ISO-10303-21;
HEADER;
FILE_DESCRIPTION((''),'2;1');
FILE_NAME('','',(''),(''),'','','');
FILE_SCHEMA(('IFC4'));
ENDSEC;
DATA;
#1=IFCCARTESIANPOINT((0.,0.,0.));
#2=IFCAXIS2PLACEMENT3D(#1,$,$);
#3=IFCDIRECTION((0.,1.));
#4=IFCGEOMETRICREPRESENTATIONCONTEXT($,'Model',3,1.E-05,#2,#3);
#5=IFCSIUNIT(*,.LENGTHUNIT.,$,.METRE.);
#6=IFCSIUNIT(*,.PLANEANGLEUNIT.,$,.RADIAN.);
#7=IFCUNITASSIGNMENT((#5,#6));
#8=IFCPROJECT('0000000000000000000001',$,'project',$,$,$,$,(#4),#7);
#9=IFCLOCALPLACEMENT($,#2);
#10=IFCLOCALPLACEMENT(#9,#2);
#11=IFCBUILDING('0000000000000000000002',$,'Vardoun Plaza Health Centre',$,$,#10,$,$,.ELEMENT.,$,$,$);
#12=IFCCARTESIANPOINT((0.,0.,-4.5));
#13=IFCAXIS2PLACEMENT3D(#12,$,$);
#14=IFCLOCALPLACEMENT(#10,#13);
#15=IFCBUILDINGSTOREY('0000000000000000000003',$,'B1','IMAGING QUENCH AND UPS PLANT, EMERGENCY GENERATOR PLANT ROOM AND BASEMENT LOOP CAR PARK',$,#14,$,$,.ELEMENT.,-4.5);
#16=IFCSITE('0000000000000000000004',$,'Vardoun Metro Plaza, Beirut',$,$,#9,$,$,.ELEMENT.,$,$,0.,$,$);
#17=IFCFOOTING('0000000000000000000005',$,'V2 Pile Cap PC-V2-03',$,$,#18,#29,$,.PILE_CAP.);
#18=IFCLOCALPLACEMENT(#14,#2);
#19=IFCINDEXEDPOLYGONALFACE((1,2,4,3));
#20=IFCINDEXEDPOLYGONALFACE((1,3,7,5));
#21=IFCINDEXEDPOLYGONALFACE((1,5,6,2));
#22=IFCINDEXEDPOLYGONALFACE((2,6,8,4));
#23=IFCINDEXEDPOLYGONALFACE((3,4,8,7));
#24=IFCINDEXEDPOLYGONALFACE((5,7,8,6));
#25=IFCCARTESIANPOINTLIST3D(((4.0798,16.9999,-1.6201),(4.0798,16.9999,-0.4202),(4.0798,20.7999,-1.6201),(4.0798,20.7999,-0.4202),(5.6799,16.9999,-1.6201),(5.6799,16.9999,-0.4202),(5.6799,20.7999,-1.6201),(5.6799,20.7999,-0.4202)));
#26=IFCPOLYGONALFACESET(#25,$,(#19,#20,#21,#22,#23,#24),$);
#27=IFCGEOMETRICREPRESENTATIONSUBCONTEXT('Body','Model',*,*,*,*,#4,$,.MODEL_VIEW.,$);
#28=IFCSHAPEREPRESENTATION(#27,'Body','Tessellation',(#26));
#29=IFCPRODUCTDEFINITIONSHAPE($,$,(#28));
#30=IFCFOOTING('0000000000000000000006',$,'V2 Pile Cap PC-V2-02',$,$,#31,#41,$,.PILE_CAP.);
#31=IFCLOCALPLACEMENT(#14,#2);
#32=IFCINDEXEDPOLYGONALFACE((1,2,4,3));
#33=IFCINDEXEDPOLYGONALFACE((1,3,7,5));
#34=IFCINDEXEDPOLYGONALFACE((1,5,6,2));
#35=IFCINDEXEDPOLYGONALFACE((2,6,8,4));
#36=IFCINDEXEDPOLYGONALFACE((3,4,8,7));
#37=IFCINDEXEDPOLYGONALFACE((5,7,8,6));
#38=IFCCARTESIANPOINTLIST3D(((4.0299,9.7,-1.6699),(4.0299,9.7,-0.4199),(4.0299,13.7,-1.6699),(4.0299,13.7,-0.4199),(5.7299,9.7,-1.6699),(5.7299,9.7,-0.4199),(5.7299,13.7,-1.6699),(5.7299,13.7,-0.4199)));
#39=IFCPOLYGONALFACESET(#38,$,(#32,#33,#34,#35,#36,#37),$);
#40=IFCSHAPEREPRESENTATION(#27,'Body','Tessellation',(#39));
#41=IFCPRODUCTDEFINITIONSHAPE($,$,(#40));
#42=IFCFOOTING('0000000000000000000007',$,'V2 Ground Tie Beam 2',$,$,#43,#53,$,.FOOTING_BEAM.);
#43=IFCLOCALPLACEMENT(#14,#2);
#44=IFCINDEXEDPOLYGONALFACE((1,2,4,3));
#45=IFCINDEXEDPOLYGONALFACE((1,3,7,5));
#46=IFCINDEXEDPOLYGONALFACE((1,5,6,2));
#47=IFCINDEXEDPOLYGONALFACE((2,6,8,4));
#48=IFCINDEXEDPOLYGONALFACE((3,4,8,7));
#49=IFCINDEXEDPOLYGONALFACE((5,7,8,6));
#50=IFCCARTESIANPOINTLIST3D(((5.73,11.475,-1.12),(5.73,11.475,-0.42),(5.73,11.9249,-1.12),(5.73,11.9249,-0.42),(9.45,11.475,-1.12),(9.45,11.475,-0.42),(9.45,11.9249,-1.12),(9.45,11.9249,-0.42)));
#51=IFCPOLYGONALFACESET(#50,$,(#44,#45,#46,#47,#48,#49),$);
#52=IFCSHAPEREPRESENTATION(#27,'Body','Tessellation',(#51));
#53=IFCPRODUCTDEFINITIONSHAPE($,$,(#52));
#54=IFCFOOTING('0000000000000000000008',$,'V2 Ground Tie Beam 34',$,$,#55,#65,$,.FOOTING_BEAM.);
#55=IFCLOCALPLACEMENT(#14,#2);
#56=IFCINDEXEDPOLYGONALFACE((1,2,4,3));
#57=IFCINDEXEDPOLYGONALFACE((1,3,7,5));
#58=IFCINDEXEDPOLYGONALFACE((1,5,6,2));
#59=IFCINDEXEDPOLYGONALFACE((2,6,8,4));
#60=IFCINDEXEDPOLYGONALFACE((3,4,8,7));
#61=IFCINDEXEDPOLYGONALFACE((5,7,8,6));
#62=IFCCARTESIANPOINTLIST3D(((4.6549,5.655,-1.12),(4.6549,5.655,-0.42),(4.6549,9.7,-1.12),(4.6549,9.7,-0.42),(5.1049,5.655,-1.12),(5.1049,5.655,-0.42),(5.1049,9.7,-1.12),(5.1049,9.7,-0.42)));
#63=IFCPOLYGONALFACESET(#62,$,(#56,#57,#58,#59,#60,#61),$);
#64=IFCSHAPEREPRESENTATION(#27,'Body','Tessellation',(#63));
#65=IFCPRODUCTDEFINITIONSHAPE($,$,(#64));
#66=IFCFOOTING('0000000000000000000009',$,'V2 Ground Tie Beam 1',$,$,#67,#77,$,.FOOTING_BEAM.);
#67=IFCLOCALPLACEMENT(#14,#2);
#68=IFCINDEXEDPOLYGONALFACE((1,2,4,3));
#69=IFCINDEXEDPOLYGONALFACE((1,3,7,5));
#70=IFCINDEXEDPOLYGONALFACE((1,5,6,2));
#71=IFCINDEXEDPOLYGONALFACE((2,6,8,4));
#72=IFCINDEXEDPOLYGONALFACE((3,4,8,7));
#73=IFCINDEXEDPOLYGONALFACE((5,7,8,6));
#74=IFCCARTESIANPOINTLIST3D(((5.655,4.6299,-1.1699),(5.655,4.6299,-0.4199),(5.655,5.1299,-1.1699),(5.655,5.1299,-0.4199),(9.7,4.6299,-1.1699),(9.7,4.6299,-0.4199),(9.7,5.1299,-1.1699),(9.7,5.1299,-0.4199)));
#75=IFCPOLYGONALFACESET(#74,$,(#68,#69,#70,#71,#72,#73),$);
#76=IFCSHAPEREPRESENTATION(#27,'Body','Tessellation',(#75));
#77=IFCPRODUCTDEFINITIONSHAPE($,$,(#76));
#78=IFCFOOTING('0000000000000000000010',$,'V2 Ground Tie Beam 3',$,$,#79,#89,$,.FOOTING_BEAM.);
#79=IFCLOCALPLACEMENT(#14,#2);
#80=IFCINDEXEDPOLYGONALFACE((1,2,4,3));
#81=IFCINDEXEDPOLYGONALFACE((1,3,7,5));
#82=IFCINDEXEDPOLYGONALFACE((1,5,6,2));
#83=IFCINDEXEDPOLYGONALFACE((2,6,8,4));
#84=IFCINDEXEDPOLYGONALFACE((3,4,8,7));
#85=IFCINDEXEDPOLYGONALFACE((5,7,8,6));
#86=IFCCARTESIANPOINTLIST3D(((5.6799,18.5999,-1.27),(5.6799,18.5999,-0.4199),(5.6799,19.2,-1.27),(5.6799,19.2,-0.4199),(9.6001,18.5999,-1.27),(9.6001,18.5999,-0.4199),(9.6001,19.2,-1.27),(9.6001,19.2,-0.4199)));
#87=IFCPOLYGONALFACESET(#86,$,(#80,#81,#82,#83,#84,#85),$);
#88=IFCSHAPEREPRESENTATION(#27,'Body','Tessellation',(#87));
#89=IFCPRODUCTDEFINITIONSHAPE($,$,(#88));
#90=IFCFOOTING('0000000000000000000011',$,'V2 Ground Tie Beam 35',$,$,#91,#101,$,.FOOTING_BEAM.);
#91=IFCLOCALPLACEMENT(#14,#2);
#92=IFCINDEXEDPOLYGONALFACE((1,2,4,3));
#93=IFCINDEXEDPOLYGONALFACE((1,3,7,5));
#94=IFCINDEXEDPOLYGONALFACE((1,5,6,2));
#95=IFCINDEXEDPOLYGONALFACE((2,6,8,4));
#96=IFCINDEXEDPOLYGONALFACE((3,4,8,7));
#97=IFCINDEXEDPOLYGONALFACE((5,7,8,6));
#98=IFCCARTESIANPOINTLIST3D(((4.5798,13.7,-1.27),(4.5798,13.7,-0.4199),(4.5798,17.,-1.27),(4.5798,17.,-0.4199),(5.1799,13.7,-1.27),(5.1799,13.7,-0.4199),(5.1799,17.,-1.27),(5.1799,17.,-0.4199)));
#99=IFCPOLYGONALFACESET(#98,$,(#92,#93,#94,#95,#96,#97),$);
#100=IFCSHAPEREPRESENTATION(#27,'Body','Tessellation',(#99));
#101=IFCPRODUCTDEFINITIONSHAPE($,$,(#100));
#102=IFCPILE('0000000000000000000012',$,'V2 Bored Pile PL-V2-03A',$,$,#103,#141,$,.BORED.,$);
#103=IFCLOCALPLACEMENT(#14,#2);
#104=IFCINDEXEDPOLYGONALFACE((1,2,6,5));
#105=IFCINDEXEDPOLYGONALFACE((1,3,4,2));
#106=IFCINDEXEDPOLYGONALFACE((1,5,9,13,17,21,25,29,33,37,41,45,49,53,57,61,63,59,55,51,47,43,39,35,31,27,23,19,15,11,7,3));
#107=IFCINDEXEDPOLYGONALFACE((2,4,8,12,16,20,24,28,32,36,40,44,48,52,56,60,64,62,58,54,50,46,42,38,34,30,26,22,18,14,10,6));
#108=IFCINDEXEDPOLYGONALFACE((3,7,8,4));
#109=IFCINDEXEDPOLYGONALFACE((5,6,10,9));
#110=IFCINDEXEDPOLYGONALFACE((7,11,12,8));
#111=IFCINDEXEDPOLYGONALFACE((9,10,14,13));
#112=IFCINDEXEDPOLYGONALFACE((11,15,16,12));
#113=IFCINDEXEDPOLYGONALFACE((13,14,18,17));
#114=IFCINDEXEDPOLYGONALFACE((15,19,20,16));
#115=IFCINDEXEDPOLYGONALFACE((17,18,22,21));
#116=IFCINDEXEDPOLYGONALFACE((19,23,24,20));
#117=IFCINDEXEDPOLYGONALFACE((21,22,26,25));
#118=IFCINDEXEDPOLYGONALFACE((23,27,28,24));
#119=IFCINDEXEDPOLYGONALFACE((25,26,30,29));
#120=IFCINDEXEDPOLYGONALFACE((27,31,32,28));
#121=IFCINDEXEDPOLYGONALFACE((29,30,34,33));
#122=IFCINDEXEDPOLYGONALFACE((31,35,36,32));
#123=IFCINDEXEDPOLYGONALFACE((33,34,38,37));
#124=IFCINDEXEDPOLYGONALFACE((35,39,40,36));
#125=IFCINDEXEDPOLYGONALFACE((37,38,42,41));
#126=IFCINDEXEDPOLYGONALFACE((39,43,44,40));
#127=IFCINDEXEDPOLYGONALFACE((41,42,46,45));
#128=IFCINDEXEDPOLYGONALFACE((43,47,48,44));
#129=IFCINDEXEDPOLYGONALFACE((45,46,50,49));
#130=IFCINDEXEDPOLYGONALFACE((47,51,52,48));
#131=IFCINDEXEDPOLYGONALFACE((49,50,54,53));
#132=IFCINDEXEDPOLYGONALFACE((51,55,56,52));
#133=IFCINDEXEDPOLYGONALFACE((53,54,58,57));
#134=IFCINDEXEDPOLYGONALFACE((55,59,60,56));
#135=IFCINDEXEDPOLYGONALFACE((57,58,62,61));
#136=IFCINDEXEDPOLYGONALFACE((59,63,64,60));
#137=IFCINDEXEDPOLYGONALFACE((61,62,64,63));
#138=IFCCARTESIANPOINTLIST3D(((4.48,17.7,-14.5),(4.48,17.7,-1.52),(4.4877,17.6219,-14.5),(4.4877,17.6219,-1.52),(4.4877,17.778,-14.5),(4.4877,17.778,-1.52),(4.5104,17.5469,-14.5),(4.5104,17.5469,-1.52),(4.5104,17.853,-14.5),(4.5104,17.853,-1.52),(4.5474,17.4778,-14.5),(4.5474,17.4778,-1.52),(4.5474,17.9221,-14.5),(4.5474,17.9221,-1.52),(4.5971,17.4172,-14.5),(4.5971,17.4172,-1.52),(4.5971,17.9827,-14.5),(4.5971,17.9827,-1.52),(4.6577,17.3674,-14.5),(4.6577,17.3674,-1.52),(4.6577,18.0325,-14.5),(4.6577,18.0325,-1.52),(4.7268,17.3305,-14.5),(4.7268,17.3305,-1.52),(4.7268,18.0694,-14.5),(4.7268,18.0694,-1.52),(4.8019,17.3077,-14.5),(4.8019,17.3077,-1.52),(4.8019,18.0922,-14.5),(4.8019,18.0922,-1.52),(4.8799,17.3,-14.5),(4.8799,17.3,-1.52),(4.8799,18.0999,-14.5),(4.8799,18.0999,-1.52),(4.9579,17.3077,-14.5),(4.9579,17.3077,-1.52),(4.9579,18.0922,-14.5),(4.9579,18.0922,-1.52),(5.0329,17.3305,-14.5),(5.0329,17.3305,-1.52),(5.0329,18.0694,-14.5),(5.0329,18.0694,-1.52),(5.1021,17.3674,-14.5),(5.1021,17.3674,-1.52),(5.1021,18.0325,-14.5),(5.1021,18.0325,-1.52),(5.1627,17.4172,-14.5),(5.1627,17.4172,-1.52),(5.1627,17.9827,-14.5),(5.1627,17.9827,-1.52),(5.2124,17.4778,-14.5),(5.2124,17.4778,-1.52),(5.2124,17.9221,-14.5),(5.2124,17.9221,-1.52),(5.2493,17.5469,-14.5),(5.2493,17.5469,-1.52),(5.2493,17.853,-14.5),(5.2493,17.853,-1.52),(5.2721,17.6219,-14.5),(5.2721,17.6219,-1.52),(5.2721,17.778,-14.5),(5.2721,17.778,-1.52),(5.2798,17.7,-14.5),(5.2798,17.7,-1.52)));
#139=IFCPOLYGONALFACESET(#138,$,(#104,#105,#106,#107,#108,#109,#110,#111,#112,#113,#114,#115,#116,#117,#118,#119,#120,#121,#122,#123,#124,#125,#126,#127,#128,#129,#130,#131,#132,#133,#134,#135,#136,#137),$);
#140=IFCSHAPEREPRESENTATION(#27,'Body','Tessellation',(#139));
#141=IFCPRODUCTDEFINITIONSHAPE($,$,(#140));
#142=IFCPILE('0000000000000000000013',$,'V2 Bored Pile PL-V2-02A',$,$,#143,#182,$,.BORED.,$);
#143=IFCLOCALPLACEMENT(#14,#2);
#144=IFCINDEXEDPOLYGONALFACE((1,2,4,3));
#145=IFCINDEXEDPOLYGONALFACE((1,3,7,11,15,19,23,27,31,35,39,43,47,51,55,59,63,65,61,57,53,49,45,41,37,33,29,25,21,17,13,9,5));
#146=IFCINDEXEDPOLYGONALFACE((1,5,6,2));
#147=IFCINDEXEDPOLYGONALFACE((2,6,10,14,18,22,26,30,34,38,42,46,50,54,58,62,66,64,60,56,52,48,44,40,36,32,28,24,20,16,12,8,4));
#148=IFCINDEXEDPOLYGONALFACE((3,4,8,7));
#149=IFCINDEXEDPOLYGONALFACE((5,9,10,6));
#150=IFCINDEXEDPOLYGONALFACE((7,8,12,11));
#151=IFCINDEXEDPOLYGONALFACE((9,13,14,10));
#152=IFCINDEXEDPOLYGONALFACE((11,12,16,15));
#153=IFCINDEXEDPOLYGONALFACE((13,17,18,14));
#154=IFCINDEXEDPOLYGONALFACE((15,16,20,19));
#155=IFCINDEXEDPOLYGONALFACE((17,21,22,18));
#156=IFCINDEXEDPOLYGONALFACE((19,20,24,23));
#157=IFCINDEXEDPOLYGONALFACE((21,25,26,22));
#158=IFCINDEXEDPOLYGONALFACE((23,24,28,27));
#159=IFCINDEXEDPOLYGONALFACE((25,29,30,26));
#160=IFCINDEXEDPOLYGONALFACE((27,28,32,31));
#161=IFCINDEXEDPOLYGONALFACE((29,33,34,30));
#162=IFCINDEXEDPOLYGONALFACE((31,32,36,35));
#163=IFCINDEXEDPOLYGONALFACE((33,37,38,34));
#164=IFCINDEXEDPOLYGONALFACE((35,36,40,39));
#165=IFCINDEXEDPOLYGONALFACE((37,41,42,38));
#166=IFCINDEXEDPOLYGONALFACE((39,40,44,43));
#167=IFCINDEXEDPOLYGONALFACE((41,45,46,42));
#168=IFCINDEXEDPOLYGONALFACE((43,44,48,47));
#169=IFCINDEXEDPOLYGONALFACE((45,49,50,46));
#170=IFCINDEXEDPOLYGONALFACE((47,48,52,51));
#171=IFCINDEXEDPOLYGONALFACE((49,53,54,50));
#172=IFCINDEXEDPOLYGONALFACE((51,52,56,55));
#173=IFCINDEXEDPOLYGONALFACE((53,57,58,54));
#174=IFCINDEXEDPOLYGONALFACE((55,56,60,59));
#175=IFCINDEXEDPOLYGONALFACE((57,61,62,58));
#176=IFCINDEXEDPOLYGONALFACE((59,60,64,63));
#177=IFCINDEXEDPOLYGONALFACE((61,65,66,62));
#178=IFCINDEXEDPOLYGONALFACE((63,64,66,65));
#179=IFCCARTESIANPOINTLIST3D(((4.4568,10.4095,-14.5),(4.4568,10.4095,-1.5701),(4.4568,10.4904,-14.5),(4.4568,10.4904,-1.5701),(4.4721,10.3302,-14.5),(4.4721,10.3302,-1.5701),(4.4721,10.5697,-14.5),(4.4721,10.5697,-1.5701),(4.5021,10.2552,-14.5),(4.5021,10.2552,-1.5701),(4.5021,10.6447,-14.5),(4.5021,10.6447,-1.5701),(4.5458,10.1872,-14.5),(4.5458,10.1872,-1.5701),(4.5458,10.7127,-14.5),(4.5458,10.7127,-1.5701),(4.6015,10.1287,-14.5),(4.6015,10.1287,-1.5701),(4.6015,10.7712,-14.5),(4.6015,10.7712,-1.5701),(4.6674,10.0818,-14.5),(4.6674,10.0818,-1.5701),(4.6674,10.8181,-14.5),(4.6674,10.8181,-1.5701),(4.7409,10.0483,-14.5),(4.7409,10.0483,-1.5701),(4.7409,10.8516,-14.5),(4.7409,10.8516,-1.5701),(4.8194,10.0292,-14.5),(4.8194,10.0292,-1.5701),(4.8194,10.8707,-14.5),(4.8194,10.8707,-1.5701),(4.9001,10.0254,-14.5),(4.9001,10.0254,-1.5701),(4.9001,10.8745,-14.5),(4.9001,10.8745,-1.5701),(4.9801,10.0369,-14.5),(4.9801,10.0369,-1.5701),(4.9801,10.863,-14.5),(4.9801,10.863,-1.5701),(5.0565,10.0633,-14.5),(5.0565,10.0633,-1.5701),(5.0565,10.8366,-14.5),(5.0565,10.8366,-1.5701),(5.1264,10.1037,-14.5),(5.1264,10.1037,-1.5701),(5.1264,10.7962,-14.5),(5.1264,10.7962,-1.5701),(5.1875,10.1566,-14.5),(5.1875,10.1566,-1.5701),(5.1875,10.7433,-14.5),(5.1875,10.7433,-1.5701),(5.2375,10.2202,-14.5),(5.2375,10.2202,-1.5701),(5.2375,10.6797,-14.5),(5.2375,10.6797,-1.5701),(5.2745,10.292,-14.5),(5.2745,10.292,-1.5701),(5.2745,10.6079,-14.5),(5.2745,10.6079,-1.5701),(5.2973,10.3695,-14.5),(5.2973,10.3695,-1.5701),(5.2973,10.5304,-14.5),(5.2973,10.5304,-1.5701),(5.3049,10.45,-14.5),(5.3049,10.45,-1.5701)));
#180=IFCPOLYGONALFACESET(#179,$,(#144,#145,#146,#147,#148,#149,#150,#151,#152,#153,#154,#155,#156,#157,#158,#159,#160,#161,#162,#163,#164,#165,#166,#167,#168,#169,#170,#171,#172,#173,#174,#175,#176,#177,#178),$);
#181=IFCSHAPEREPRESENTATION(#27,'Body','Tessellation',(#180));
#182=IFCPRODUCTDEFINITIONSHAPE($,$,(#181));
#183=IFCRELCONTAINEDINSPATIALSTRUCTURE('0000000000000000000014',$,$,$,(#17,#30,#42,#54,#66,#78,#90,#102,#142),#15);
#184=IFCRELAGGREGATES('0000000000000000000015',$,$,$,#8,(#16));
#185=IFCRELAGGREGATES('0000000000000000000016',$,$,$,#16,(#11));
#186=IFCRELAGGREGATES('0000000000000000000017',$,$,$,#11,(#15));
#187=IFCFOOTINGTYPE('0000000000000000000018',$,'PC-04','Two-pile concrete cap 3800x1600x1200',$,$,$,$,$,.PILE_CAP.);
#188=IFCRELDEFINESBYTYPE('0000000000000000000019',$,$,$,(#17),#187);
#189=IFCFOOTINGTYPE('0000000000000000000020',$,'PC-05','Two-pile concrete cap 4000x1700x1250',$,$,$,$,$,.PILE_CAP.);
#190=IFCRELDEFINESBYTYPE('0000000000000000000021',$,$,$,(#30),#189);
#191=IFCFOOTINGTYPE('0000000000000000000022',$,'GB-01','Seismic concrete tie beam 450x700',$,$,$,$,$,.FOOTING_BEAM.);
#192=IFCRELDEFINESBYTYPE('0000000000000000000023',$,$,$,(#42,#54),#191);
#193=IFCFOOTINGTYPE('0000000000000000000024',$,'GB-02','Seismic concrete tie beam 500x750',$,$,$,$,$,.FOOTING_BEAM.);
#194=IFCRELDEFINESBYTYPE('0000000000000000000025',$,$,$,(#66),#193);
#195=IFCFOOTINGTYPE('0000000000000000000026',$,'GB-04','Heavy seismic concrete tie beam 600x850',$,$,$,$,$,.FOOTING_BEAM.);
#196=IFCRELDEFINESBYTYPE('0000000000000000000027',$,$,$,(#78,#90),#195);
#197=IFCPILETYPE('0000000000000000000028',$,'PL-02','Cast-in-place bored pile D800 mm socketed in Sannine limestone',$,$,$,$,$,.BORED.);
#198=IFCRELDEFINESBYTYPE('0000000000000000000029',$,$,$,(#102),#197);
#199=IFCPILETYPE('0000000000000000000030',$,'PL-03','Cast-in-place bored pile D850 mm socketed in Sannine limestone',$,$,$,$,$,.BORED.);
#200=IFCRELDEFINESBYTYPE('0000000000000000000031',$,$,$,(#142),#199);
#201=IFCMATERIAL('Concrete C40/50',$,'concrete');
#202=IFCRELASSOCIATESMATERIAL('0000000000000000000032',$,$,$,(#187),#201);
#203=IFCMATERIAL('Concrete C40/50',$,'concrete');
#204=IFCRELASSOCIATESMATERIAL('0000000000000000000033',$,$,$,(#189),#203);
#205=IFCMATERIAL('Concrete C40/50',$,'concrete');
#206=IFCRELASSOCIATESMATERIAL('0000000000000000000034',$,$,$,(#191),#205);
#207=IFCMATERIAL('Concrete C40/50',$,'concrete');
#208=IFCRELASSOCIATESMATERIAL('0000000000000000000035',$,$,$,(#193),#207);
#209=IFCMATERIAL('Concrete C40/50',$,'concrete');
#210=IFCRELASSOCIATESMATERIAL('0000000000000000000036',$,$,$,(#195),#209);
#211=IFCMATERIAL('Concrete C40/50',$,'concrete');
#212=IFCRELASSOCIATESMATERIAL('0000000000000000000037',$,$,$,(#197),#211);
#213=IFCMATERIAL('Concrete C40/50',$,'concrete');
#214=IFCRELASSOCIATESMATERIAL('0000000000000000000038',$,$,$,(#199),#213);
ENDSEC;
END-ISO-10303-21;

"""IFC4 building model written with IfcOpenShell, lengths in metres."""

from ifc_helpers import new_model, si_unit, direction, frame, origin, origin_2d, place, context, subcontext, project, spatial, rectangle, circle, extrude, material, material_profile, profile_set, type_object, element, save


model = new_model("IFC4")

# Units and contexts
model_context = context("Model", 3, precision=1e-05, world=origin(), true_north=direction((0.0, 1.0)))
body_context = subcontext(model_context, "Body", "Model", "MODEL_VIEW")
ifc_project = project(units=[si_unit("LENGTHUNIT", "METRE"), si_unit("PLANEANGLEUNIT", "RADIAN")], contexts=[model_context])

# Site, building, storey
site_placement = place(None, origin())
site = spatial("IfcSite", under=ifc_project, at=site_placement, Name="Vardoun Metro Plaza, Beirut", CompositionType="ELEMENT", RefElevation=0.0)
building_placement = place(site_placement, origin())
building = spatial("IfcBuilding", under=site, at=building_placement, Name="Vardoun Plaza Health Centre", CompositionType="ELEMENT")
storey_placement = place(building_placement, frame((0.0, 0.0, -4.5)))
storey = spatial("IfcBuildingStorey", under=building, at=storey_placement, Name="B1", Description="IMAGING QUENCH AND UPS PLANT, EMERGENCY GENERATOR PLANT ROOM AND BASEMENT LOOP CAR PARK", CompositionType="ELEMENT", Elevation=-4.5)

# Footings
ifc_material_1 = material(Name="Concrete C40/50", Category="concrete")
footing_type_1 = type_object("IfcFootingType", Name="PC-04", Description="Two-pile concrete cap 3800x1600x1200", PredefinedType="PILE_CAP", material=ifc_material_1)
footing_1_placement = place(storey_placement, frame((4.8799, 18.8999, -1.6201), z_axis=(0.0, 0.0, 1.0), x_axis=(0.0, 1.0, 0.0)))
element("IfcFooting", 1, at=footing_1_placement, inside=storey, type_object=footing_type_1, Name="V2 Pile Cap PC-V2-03", PredefinedType="PILE_CAP", context=body_context, shape_type="SweptSolid", body=[
    extrude(rectangle(XDim=3.8, YDim=1.6001, at=origin_2d()), origin(), (0.0, 0.0, 1.0), 1.2),
])
ifc_material_2 = material(Name="Concrete C40/50", Category="concrete")
footing_type_2 = type_object("IfcFootingType", Name="PC-05", Description="Two-pile concrete cap 4000x1700x1250", PredefinedType="PILE_CAP", material=ifc_material_2)
footing_2_placement = place(storey_placement, frame((4.8799, 11.7, -1.6699), z_axis=(0.0, 0.0, 1.0), x_axis=(0.0, 1.0, 0.0)))
element("IfcFooting", 2, at=footing_2_placement, inside=storey, type_object=footing_type_2, Name="V2 Pile Cap PC-V2-02", PredefinedType="PILE_CAP", context=body_context, shape_type="SweptSolid", body=[
    extrude(rectangle(XDim=4.0, YDim=1.7, at=origin_2d()), origin(), (0.0, 0.0, 1.0), 1.25),
])
ifc_material_3 = material(Name="Concrete C40/50", Category="concrete")
ifc_material_profile_1 = material_profile(ifc_material_3, rectangle(XDim=0.45, YDim=0.7, at=origin_2d()), Name="GB 450x700")
ifc_profile_set_1 = profile_set([ifc_material_profile_1], Name="Concrete C40/50")
footing_type_3 = type_object("IfcFootingType", Name="GB-01", Description="Seismic concrete tie beam 450x700", PredefinedType="FOOTING_BEAM", material=ifc_profile_set_1)
footing_3_placement = place(storey_placement, frame((5.73, 11.7, -0.77), z_axis=(1.0, 0.0, 0.0), x_axis=(0.0, 1.0, 0.0)))
element("IfcFooting", 3, at=footing_3_placement, inside=storey, type_object=footing_type_3, Name="V2 Ground Tie Beam 2", PredefinedType="FOOTING_BEAM", context=body_context, shape_type="SweptSolid", body=[
    extrude(rectangle(XDim=0.45, YDim=0.7, at=origin_2d()), origin(), (0.0, 0.0, 1.0), 3.72),
])
footing_4_placement = place(storey_placement, frame((4.8799, 5.655, -0.77), z_axis=(0.0, 1.0, 0.0), x_axis=(-1.0, 0.0, 0.0)))
element("IfcFooting", 4, at=footing_4_placement, inside=storey, type_object=footing_type_3, Name="V2 Ground Tie Beam 34", PredefinedType="FOOTING_BEAM", context=body_context, shape_type="SweptSolid", body=[
    extrude(rectangle(XDim=0.45, YDim=0.7, at=origin_2d()), origin(), (0.0, 0.0, 1.0), 4.0449),
])
ifc_material_4 = material(Name="Concrete C40/50", Category="concrete")
ifc_material_profile_2 = material_profile(ifc_material_4, rectangle(XDim=0.5, YDim=0.75, at=origin_2d()), Name="GB 500x750")
ifc_profile_set_2 = profile_set([ifc_material_profile_2], Name="Concrete C40/50")
footing_type_4 = type_object("IfcFootingType", Name="GB-02", Description="Seismic concrete tie beam 500x750", PredefinedType="FOOTING_BEAM", material=ifc_profile_set_2)
footing_5_placement = place(storey_placement, frame((5.655, 4.8799, -0.7949), z_axis=(1.0, 0.0, 0.0), x_axis=(0.0, 1.0, 0.0)))
element("IfcFooting", 5, at=footing_5_placement, inside=storey, type_object=footing_type_4, Name="V2 Ground Tie Beam 1", PredefinedType="FOOTING_BEAM", context=body_context, shape_type="SweptSolid", body=[
    extrude(rectangle(XDim=0.5, YDim=0.75, at=origin_2d()), origin(), (0.0, 0.0, 1.0), 4.0449),
])
ifc_material_5 = material(Name="Concrete C40/50", Category="concrete")
ifc_material_profile_3 = material_profile(ifc_material_5, rectangle(XDim=0.6001, YDim=0.8501, at=origin_2d()), Name="GB 600x850")
ifc_profile_set_3 = profile_set([ifc_material_profile_3], Name="Concrete C40/50")
footing_type_5 = type_object("IfcFootingType", Name="GB-04", Description="Heavy seismic concrete tie beam 600x850", PredefinedType="FOOTING_BEAM", material=ifc_profile_set_3)
footing_6_placement = place(storey_placement, frame((5.6799, 18.8999, -0.845), z_axis=(1.0, 0.0, 0.0), x_axis=(0.0, 1.0, 0.0)))
element("IfcFooting", 6, at=footing_6_placement, inside=storey, type_object=footing_type_5, Name="V2 Ground Tie Beam 3", PredefinedType="FOOTING_BEAM", context=body_context, shape_type="SweptSolid", body=[
    extrude(rectangle(XDim=0.6001, YDim=0.8501, at=origin_2d()), origin(), (0.0, 0.0, 1.0), 3.9202),
])
footing_7_placement = place(storey_placement, frame((4.8799, 13.7, -0.845), z_axis=(0.0, 1.0, 0.0), x_axis=(-1.0, 0.0, 0.0)))
element("IfcFooting", 7, at=footing_7_placement, inside=storey, type_object=footing_type_5, Name="V2 Ground Tie Beam 35", PredefinedType="FOOTING_BEAM", context=body_context, shape_type="SweptSolid", body=[
    extrude(rectangle(XDim=0.6001, YDim=0.8501, at=origin_2d()), origin(), (0.0, 0.0, 1.0), 3.3),
])

# Piles
ifc_material_6 = material(Name="Concrete C40/50", Category="concrete")
ifc_material_profile_4 = material_profile(ifc_material_6, circle(Radius=0.3999, at=origin_2d()), Name="PILE D800")
ifc_profile_set_4 = profile_set([ifc_material_profile_4], Name="Concrete C40/50")
pile_type_1 = type_object("IfcPileType", Name="PL-02", Description="Cast-in-place bored pile D800 mm socketed in Sannine limestone", PredefinedType="BORED", material=ifc_profile_set_4)
pile_placement = place(storey_placement, frame((4.8799, 17.7, -1.52), z_axis=(0.0, 0.0, -1.0), x_axis=(1.0, 0.0, 0.0)))
element("IfcPile", 8, at=pile_placement, inside=storey, type_object=pile_type_1, Name="V2 Bored Pile PL-V2-03A", PredefinedType="BORED", context=body_context, shape_type="SweptSolid", body=[
    extrude(circle(Radius=0.3999, at=origin_2d()), origin(), (0.0, 0.0, 1.0), 12.98),
])
ifc_material_7 = material(Name="Concrete C40/50", Category="concrete")
ifc_material_profile_5 = material_profile(ifc_material_7, circle(Radius=0.425, at=origin_2d()), Name="PILE D850")
ifc_profile_set_5 = profile_set([ifc_material_profile_5], Name="Concrete C40/50")
pile_type_2 = type_object("IfcPileType", Name="PL-03", Description="Cast-in-place bored pile D850 mm socketed in Sannine limestone", PredefinedType="BORED", material=ifc_profile_set_5)
for number, where, z_axis, x_axis, name in (
    (9, (4.8799, 10.45, -1.5701), (0.0, 0.0, -1.0), (1.0, 0.0, 0.0), "V2 Bored Pile PL-V2-02A"),
):
    element("IfcPile", number, at=place(storey_placement, frame(where, z_axis=z_axis, x_axis=x_axis)), inside=storey, type_object=pile_type_2, Name=name, PredefinedType="BORED", context=body_context, shape_type="SweptSolid", body=[
        extrude(circle(Radius=0.425, at=origin_2d()), origin(), (0.0, 0.0, 1.0), 12.9299),
    ])

save(model, "model.ifc")
